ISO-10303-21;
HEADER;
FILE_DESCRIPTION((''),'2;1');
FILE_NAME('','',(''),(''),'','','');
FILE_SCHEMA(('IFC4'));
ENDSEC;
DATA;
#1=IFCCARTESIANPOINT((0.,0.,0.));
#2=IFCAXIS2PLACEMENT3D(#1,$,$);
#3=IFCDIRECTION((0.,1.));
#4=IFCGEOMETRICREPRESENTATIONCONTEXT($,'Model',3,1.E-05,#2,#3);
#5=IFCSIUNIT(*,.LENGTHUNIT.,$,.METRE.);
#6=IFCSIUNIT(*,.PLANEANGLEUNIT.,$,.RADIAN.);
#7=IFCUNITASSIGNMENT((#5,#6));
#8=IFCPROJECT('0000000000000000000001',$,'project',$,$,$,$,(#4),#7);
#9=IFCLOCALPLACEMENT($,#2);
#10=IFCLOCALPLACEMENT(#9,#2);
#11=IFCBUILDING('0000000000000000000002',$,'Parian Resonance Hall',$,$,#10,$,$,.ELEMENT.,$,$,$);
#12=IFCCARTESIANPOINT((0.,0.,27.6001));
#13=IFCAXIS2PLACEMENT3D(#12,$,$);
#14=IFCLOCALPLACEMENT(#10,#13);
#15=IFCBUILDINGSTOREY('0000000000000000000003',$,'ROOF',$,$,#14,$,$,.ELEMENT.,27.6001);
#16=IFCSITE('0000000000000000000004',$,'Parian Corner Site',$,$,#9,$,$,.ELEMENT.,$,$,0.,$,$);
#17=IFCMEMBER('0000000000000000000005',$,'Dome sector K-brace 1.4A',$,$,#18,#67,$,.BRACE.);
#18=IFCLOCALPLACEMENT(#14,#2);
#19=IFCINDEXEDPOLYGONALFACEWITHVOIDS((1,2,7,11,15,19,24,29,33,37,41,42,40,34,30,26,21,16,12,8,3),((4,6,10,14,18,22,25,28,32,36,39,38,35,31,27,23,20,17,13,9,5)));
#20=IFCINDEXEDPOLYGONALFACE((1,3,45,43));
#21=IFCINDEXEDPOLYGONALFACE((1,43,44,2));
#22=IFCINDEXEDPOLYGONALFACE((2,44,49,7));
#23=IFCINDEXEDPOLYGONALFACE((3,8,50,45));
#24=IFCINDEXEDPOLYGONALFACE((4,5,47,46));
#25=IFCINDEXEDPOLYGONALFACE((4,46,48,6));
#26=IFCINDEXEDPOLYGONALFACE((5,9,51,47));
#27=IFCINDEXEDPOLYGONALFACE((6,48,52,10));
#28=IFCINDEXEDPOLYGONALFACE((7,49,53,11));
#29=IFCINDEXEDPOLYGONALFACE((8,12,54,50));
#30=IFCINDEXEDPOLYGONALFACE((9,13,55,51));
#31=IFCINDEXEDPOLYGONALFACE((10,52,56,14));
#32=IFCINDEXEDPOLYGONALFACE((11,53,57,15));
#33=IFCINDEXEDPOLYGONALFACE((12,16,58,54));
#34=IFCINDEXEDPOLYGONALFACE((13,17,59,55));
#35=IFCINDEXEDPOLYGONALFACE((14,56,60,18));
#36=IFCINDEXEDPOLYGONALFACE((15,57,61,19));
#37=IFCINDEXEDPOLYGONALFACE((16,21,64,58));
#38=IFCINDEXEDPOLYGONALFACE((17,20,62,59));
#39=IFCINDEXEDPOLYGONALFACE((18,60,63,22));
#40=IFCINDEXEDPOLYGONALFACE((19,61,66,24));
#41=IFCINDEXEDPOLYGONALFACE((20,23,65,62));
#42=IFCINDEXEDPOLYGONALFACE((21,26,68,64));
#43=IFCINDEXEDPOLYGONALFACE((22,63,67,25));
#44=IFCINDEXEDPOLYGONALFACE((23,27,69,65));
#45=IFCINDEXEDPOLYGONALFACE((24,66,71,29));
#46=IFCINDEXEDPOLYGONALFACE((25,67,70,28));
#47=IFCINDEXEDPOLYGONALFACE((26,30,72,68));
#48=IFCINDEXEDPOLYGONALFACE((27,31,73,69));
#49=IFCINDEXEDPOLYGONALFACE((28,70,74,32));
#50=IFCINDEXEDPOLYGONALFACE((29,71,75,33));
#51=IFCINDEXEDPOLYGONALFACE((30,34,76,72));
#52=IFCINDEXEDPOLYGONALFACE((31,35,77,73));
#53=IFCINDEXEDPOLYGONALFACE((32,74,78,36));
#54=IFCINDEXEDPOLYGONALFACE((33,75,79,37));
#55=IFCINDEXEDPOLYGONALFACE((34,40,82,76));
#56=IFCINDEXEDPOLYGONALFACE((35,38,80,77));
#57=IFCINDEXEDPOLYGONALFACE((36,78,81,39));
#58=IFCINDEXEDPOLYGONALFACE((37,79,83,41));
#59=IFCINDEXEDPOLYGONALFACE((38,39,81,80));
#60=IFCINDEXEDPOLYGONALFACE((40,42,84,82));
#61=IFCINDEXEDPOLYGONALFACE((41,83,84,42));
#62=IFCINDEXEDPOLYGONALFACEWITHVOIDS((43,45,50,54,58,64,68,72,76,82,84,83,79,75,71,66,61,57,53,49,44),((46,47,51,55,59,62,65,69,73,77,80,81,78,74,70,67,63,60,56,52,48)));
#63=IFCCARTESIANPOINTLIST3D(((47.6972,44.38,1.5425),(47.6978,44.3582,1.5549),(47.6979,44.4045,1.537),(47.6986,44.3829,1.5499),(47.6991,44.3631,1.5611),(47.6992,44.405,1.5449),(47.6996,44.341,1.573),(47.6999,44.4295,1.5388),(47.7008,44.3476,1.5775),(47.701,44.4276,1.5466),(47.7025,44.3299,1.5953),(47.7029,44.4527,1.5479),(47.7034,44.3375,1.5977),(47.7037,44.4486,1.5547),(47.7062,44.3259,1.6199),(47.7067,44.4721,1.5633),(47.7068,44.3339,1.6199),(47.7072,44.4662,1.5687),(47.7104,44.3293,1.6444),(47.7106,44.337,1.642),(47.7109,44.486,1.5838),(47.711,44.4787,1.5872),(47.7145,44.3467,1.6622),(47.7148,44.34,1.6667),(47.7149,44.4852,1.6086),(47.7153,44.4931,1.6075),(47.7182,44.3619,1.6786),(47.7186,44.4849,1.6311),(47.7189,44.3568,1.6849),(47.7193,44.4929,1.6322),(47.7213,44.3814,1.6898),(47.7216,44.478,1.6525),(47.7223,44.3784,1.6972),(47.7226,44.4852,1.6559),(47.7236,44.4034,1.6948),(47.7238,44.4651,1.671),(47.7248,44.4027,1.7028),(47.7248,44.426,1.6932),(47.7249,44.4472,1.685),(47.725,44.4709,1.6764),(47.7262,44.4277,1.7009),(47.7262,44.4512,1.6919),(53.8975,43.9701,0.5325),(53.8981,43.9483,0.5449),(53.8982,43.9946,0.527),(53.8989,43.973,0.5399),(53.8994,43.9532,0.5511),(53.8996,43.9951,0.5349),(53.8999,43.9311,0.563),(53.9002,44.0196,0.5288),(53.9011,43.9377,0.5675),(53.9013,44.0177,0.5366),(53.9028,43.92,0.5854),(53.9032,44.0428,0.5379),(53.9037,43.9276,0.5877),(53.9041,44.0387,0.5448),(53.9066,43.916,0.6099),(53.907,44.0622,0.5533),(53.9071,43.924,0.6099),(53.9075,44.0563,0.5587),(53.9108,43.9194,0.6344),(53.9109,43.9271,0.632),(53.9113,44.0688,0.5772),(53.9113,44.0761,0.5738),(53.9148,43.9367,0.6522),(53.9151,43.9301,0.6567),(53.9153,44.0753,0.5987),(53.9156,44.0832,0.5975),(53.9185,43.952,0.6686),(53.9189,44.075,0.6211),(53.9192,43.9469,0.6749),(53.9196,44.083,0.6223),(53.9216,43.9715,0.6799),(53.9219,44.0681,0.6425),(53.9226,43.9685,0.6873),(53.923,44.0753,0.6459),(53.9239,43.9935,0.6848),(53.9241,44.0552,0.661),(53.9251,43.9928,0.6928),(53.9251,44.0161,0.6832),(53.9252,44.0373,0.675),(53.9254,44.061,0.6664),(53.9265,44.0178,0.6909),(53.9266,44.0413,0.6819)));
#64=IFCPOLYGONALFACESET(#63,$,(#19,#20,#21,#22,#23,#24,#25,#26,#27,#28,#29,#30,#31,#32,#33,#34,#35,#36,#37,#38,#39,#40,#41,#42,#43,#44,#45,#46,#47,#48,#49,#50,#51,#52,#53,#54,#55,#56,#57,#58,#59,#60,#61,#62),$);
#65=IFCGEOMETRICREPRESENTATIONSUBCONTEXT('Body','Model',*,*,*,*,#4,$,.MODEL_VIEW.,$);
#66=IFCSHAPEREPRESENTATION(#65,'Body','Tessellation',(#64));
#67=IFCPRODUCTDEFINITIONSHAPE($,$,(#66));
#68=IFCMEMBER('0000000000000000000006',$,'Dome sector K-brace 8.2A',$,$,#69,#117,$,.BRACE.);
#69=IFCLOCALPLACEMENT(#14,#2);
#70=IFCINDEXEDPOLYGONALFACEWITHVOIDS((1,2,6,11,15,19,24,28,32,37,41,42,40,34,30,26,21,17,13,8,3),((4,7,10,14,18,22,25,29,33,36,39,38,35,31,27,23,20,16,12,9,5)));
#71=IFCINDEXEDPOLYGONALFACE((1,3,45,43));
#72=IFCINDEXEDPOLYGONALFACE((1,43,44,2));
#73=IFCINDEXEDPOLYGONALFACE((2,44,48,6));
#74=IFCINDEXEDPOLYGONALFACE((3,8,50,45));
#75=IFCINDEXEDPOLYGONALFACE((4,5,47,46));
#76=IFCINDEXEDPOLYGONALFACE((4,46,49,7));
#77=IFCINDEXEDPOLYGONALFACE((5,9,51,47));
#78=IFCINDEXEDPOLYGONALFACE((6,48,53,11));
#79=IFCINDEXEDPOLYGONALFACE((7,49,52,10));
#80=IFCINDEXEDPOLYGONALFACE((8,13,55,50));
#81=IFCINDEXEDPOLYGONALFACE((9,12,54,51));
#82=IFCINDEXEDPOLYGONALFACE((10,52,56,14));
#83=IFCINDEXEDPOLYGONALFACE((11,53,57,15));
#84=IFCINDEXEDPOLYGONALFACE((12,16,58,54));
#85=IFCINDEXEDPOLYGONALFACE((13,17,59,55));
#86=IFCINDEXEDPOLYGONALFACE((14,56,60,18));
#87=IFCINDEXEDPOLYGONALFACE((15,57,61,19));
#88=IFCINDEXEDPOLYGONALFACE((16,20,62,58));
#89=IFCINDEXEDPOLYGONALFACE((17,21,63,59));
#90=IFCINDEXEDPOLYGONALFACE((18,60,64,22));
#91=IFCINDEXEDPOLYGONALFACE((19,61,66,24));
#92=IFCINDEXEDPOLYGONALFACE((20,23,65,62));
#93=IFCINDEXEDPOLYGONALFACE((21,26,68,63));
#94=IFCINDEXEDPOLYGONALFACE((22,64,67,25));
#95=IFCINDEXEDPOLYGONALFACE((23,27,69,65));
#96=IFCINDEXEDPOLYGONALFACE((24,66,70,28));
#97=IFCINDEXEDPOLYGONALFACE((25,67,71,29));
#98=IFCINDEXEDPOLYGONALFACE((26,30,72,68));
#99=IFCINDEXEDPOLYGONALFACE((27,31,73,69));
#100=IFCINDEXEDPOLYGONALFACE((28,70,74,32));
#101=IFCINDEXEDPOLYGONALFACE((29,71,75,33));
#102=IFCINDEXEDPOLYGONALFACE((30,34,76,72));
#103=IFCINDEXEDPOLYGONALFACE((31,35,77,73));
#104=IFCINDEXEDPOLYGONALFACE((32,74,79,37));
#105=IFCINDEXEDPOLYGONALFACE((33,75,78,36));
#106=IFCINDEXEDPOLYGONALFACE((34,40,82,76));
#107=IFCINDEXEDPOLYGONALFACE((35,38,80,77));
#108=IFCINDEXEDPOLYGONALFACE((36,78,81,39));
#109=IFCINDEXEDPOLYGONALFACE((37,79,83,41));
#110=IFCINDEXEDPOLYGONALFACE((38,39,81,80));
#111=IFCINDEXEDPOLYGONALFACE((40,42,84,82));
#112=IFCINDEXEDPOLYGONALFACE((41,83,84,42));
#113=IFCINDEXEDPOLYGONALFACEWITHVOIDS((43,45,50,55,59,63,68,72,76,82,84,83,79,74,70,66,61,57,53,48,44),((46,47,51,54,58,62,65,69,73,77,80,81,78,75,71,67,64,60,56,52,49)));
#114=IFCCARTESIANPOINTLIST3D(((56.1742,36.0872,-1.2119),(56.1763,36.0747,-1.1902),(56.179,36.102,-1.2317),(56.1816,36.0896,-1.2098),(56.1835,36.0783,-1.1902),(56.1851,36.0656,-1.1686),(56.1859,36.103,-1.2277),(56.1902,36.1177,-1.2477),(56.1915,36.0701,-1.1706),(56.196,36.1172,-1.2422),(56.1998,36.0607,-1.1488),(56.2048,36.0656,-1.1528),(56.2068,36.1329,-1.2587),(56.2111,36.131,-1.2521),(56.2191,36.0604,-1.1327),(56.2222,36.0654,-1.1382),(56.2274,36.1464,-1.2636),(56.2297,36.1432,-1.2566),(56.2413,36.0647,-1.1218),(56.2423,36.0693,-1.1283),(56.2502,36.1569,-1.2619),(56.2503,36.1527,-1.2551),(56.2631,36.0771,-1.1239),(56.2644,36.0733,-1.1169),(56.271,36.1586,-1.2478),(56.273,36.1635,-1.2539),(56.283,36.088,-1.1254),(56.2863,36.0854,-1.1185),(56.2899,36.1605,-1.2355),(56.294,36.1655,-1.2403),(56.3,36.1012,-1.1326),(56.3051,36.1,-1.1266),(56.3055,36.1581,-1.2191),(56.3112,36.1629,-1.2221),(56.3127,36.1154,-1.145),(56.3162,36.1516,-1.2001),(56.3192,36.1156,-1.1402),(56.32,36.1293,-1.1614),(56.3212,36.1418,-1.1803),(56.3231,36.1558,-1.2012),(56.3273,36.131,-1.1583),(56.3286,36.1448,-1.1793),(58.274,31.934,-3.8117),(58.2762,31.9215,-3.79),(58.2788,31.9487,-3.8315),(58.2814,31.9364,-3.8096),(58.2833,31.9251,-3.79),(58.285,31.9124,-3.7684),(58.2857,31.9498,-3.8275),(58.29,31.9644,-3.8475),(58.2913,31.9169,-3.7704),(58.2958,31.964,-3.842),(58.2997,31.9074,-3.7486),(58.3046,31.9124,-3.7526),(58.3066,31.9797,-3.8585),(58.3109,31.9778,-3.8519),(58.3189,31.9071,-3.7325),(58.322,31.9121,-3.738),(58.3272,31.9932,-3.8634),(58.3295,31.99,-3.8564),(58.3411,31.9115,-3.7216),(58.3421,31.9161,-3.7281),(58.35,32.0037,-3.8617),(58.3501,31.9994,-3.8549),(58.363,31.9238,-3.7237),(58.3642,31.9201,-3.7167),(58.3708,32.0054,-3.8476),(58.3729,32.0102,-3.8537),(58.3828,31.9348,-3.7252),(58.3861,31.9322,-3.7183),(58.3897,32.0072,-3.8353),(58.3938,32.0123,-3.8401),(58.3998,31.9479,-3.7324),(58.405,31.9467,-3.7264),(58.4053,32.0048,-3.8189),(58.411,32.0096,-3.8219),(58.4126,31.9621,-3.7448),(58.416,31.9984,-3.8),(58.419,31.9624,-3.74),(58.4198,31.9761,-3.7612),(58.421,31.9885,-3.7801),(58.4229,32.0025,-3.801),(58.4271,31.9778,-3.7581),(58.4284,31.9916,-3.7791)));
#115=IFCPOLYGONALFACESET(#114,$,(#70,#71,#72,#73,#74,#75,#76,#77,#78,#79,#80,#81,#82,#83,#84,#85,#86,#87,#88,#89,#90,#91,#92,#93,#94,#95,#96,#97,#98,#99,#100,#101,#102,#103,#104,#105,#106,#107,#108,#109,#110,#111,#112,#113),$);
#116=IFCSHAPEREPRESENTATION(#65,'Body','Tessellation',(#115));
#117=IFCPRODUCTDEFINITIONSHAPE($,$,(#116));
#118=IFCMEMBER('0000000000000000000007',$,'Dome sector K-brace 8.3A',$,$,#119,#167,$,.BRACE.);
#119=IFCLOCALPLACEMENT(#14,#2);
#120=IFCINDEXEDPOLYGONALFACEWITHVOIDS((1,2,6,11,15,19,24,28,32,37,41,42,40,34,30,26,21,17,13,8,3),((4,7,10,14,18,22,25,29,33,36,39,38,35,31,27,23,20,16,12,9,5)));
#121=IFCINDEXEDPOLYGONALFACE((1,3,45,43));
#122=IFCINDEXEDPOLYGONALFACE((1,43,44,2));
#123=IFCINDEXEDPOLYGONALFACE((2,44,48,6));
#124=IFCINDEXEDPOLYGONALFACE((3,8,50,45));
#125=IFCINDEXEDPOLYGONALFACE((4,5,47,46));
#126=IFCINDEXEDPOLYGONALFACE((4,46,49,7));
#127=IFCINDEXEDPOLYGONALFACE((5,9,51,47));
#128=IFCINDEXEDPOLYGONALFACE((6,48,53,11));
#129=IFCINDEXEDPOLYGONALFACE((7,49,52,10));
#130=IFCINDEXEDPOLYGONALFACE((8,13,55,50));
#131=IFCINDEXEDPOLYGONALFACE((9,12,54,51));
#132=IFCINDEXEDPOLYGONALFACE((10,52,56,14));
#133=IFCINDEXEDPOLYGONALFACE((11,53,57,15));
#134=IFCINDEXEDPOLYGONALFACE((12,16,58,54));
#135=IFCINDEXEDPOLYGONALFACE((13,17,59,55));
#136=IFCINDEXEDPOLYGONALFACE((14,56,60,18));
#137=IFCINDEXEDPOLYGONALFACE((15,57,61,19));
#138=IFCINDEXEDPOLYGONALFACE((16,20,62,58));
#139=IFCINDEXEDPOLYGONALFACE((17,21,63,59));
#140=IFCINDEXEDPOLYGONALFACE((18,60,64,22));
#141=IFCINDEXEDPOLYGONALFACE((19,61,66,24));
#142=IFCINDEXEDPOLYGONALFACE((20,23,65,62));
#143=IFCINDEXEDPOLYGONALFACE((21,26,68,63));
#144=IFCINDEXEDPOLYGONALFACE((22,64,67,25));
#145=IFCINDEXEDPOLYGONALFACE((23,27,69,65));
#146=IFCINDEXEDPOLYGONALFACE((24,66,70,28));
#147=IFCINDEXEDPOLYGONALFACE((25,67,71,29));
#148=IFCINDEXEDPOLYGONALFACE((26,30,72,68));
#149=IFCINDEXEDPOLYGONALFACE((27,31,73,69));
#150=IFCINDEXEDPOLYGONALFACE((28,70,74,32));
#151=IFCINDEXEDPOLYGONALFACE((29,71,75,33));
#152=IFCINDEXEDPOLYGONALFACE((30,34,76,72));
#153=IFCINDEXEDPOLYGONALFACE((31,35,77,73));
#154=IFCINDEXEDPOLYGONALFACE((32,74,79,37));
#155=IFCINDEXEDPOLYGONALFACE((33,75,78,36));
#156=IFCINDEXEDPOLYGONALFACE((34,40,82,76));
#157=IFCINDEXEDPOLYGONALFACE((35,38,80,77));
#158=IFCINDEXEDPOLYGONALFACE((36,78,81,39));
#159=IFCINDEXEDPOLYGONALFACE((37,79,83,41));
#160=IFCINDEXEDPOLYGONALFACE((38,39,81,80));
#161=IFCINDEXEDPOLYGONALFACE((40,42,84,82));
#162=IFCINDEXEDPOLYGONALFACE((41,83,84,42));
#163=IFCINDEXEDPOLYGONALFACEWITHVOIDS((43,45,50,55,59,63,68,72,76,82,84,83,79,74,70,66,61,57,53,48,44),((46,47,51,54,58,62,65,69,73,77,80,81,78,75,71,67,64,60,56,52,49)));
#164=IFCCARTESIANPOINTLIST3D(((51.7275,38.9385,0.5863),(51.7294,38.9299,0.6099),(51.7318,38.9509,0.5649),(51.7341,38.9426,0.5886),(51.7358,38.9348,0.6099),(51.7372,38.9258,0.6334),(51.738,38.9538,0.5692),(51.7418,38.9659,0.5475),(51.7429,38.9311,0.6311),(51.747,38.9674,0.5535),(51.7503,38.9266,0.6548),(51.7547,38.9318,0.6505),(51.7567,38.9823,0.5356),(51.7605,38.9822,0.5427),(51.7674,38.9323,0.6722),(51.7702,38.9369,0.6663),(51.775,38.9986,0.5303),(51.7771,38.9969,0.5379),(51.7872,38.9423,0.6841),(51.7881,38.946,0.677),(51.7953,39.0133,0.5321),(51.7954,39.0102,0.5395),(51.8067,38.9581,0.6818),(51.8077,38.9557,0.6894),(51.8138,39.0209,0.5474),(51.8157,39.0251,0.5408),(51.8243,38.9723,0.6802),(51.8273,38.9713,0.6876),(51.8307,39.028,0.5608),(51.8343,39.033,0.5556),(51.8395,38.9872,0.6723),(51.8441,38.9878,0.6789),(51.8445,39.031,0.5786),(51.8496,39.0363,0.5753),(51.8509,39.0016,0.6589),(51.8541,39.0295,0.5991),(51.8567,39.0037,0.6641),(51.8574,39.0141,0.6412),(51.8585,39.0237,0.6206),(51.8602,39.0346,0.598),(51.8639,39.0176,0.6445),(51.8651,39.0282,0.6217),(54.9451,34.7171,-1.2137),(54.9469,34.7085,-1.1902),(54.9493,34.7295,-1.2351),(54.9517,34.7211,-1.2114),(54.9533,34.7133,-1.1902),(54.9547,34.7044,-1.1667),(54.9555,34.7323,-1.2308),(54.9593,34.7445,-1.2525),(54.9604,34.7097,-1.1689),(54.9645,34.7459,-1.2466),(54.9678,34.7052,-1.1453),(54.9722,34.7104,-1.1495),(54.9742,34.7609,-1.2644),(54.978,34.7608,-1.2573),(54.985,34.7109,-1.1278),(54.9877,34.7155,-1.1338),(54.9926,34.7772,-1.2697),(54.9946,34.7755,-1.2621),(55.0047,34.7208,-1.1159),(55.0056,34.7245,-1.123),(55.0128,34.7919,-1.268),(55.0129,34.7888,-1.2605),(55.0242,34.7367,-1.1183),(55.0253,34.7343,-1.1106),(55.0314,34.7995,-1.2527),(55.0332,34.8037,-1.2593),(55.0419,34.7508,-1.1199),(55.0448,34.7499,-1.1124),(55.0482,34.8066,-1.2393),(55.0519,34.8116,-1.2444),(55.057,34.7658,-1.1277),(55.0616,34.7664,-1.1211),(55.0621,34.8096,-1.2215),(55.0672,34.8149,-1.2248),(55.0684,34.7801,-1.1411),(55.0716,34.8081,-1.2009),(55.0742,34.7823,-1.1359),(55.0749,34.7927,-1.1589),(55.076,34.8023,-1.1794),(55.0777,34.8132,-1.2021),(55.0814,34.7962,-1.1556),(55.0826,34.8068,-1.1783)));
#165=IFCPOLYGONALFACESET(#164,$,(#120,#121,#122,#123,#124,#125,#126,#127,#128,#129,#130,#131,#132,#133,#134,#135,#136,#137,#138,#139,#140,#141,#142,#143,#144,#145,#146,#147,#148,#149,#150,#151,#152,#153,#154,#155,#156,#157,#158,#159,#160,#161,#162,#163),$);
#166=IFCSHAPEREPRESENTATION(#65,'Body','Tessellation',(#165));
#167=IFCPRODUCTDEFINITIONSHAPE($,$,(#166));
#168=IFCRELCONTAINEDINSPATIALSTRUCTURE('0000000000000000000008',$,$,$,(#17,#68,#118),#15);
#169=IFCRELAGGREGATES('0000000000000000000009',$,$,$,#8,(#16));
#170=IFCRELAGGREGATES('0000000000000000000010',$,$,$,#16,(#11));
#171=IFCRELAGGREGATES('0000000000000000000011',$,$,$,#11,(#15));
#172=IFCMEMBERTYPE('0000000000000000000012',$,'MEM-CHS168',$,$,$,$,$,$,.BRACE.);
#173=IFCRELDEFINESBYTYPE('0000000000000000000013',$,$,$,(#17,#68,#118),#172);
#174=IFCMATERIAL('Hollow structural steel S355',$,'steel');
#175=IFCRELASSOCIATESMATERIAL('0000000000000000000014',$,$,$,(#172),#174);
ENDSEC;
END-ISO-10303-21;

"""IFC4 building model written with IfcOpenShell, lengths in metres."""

from ifc_helpers import new_model, si_unit, direction, frame, origin, origin_2d, place, context, subcontext, project, spatial, hollow_circle, extrude, material, material_profile, profile_set, type_object, element, save


model = new_model("IFC4")

# Units and contexts
model_context = context("Model", 3, precision=1e-05, world=origin(), true_north=direction((0.0, 1.0)))
body_context = subcontext(model_context, "Body", "Model", "MODEL_VIEW")
ifc_project = project(units=[si_unit("LENGTHUNIT", "METRE"), si_unit("PLANEANGLEUNIT", "RADIAN")], contexts=[model_context])

# Site, building, storey
site_placement = place(None, origin())
site = spatial("IfcSite", under=ifc_project, at=site_placement, Name="Parian Corner Site", CompositionType="ELEMENT", RefElevation=0.0)
building_placement = place(site_placement, origin())
building = spatial("IfcBuilding", under=site, at=building_placement, Name="Parian Resonance Hall", CompositionType="ELEMENT")
storey_placement = place(building_placement, frame((0.0, 0.0, 27.6001)))
storey = spatial("IfcBuildingStorey", under=building, at=storey_placement, Name="ROOF", CompositionType="ELEMENT", Elevation=27.6001)

# Members
ifc_material_1 = material(Name="Hollow structural steel S355", Category="steel")
ifc_material_profile_1 = material_profile(ifc_material_1, hollow_circle(Radius=0.0842, WallThickness=0.0081, at=origin_2d()), Name="CHS168.3x8")
ifc_profile_set_1 = profile_set([ifc_material_profile_1], Name="Hollow structural steel S355")
member_type_1 = type_object("IfcMemberType", Name="MEM-CHS168", PredefinedType="BRACE", material=ifc_profile_set_1)
member_1_placement = place(storey_placement, frame((53.9121, 44.0, 0.6099), z_axis=(-0.984897, 0.065112, 0.160433), x_axis=(-0.065966, -0.997822, 0.0)))
element("IfcMember", 1, at=member_1_placement, inside=storey, type_object=member_type_1, Name="Dome sector K-brace 1.4A", PredefinedType="BRACE", context=body_context, shape_type="SweptSolid", body=[
    extrude(hollow_circle(Radius=0.0842, WallThickness=0.0081, at=origin_2d()), origin(), (0.0, 0.0, 1.0), 6.2954),
])
member_2_placement = place(storey_placement, frame((58.3513, 31.9595, -3.79), z_axis=(-0.393901, 0.7791, 0.487693), x_axis=(-0.892425, -0.451196, 0.0)))
element("IfcMember", 2, at=member_2_placement, inside=storey, type_object=member_type_1, Name="Dome sector K-brace 8.2A", PredefinedType="BRACE", context=body_context, shape_type="SweptSolid", body=[
    extrude(hollow_circle(Radius=0.0842, WallThickness=0.0081, at=origin_2d()), origin(), (0.0, 0.0, 1.0), 5.3308),
])
member_3_placement = place(storey_placement, frame((55.0139, 34.7595, -1.1902), z_axis=(-0.574072, 0.753189, 0.321165), x_axis=(-0.795323, -0.606186, 0.0)))
element("IfcMember", 3, at=member_3_placement, inside=storey, type_object=member_type_1, Name="Dome sector K-brace 8.3A", PredefinedType="BRACE", context=body_context, shape_type="SweptSolid", body=[
    extrude(hollow_circle(Radius=0.0842, WallThickness=0.0081, at=origin_2d()), origin(), (0.0, 0.0, 1.0), 5.6047),
])

save(model, "model.ifc")
